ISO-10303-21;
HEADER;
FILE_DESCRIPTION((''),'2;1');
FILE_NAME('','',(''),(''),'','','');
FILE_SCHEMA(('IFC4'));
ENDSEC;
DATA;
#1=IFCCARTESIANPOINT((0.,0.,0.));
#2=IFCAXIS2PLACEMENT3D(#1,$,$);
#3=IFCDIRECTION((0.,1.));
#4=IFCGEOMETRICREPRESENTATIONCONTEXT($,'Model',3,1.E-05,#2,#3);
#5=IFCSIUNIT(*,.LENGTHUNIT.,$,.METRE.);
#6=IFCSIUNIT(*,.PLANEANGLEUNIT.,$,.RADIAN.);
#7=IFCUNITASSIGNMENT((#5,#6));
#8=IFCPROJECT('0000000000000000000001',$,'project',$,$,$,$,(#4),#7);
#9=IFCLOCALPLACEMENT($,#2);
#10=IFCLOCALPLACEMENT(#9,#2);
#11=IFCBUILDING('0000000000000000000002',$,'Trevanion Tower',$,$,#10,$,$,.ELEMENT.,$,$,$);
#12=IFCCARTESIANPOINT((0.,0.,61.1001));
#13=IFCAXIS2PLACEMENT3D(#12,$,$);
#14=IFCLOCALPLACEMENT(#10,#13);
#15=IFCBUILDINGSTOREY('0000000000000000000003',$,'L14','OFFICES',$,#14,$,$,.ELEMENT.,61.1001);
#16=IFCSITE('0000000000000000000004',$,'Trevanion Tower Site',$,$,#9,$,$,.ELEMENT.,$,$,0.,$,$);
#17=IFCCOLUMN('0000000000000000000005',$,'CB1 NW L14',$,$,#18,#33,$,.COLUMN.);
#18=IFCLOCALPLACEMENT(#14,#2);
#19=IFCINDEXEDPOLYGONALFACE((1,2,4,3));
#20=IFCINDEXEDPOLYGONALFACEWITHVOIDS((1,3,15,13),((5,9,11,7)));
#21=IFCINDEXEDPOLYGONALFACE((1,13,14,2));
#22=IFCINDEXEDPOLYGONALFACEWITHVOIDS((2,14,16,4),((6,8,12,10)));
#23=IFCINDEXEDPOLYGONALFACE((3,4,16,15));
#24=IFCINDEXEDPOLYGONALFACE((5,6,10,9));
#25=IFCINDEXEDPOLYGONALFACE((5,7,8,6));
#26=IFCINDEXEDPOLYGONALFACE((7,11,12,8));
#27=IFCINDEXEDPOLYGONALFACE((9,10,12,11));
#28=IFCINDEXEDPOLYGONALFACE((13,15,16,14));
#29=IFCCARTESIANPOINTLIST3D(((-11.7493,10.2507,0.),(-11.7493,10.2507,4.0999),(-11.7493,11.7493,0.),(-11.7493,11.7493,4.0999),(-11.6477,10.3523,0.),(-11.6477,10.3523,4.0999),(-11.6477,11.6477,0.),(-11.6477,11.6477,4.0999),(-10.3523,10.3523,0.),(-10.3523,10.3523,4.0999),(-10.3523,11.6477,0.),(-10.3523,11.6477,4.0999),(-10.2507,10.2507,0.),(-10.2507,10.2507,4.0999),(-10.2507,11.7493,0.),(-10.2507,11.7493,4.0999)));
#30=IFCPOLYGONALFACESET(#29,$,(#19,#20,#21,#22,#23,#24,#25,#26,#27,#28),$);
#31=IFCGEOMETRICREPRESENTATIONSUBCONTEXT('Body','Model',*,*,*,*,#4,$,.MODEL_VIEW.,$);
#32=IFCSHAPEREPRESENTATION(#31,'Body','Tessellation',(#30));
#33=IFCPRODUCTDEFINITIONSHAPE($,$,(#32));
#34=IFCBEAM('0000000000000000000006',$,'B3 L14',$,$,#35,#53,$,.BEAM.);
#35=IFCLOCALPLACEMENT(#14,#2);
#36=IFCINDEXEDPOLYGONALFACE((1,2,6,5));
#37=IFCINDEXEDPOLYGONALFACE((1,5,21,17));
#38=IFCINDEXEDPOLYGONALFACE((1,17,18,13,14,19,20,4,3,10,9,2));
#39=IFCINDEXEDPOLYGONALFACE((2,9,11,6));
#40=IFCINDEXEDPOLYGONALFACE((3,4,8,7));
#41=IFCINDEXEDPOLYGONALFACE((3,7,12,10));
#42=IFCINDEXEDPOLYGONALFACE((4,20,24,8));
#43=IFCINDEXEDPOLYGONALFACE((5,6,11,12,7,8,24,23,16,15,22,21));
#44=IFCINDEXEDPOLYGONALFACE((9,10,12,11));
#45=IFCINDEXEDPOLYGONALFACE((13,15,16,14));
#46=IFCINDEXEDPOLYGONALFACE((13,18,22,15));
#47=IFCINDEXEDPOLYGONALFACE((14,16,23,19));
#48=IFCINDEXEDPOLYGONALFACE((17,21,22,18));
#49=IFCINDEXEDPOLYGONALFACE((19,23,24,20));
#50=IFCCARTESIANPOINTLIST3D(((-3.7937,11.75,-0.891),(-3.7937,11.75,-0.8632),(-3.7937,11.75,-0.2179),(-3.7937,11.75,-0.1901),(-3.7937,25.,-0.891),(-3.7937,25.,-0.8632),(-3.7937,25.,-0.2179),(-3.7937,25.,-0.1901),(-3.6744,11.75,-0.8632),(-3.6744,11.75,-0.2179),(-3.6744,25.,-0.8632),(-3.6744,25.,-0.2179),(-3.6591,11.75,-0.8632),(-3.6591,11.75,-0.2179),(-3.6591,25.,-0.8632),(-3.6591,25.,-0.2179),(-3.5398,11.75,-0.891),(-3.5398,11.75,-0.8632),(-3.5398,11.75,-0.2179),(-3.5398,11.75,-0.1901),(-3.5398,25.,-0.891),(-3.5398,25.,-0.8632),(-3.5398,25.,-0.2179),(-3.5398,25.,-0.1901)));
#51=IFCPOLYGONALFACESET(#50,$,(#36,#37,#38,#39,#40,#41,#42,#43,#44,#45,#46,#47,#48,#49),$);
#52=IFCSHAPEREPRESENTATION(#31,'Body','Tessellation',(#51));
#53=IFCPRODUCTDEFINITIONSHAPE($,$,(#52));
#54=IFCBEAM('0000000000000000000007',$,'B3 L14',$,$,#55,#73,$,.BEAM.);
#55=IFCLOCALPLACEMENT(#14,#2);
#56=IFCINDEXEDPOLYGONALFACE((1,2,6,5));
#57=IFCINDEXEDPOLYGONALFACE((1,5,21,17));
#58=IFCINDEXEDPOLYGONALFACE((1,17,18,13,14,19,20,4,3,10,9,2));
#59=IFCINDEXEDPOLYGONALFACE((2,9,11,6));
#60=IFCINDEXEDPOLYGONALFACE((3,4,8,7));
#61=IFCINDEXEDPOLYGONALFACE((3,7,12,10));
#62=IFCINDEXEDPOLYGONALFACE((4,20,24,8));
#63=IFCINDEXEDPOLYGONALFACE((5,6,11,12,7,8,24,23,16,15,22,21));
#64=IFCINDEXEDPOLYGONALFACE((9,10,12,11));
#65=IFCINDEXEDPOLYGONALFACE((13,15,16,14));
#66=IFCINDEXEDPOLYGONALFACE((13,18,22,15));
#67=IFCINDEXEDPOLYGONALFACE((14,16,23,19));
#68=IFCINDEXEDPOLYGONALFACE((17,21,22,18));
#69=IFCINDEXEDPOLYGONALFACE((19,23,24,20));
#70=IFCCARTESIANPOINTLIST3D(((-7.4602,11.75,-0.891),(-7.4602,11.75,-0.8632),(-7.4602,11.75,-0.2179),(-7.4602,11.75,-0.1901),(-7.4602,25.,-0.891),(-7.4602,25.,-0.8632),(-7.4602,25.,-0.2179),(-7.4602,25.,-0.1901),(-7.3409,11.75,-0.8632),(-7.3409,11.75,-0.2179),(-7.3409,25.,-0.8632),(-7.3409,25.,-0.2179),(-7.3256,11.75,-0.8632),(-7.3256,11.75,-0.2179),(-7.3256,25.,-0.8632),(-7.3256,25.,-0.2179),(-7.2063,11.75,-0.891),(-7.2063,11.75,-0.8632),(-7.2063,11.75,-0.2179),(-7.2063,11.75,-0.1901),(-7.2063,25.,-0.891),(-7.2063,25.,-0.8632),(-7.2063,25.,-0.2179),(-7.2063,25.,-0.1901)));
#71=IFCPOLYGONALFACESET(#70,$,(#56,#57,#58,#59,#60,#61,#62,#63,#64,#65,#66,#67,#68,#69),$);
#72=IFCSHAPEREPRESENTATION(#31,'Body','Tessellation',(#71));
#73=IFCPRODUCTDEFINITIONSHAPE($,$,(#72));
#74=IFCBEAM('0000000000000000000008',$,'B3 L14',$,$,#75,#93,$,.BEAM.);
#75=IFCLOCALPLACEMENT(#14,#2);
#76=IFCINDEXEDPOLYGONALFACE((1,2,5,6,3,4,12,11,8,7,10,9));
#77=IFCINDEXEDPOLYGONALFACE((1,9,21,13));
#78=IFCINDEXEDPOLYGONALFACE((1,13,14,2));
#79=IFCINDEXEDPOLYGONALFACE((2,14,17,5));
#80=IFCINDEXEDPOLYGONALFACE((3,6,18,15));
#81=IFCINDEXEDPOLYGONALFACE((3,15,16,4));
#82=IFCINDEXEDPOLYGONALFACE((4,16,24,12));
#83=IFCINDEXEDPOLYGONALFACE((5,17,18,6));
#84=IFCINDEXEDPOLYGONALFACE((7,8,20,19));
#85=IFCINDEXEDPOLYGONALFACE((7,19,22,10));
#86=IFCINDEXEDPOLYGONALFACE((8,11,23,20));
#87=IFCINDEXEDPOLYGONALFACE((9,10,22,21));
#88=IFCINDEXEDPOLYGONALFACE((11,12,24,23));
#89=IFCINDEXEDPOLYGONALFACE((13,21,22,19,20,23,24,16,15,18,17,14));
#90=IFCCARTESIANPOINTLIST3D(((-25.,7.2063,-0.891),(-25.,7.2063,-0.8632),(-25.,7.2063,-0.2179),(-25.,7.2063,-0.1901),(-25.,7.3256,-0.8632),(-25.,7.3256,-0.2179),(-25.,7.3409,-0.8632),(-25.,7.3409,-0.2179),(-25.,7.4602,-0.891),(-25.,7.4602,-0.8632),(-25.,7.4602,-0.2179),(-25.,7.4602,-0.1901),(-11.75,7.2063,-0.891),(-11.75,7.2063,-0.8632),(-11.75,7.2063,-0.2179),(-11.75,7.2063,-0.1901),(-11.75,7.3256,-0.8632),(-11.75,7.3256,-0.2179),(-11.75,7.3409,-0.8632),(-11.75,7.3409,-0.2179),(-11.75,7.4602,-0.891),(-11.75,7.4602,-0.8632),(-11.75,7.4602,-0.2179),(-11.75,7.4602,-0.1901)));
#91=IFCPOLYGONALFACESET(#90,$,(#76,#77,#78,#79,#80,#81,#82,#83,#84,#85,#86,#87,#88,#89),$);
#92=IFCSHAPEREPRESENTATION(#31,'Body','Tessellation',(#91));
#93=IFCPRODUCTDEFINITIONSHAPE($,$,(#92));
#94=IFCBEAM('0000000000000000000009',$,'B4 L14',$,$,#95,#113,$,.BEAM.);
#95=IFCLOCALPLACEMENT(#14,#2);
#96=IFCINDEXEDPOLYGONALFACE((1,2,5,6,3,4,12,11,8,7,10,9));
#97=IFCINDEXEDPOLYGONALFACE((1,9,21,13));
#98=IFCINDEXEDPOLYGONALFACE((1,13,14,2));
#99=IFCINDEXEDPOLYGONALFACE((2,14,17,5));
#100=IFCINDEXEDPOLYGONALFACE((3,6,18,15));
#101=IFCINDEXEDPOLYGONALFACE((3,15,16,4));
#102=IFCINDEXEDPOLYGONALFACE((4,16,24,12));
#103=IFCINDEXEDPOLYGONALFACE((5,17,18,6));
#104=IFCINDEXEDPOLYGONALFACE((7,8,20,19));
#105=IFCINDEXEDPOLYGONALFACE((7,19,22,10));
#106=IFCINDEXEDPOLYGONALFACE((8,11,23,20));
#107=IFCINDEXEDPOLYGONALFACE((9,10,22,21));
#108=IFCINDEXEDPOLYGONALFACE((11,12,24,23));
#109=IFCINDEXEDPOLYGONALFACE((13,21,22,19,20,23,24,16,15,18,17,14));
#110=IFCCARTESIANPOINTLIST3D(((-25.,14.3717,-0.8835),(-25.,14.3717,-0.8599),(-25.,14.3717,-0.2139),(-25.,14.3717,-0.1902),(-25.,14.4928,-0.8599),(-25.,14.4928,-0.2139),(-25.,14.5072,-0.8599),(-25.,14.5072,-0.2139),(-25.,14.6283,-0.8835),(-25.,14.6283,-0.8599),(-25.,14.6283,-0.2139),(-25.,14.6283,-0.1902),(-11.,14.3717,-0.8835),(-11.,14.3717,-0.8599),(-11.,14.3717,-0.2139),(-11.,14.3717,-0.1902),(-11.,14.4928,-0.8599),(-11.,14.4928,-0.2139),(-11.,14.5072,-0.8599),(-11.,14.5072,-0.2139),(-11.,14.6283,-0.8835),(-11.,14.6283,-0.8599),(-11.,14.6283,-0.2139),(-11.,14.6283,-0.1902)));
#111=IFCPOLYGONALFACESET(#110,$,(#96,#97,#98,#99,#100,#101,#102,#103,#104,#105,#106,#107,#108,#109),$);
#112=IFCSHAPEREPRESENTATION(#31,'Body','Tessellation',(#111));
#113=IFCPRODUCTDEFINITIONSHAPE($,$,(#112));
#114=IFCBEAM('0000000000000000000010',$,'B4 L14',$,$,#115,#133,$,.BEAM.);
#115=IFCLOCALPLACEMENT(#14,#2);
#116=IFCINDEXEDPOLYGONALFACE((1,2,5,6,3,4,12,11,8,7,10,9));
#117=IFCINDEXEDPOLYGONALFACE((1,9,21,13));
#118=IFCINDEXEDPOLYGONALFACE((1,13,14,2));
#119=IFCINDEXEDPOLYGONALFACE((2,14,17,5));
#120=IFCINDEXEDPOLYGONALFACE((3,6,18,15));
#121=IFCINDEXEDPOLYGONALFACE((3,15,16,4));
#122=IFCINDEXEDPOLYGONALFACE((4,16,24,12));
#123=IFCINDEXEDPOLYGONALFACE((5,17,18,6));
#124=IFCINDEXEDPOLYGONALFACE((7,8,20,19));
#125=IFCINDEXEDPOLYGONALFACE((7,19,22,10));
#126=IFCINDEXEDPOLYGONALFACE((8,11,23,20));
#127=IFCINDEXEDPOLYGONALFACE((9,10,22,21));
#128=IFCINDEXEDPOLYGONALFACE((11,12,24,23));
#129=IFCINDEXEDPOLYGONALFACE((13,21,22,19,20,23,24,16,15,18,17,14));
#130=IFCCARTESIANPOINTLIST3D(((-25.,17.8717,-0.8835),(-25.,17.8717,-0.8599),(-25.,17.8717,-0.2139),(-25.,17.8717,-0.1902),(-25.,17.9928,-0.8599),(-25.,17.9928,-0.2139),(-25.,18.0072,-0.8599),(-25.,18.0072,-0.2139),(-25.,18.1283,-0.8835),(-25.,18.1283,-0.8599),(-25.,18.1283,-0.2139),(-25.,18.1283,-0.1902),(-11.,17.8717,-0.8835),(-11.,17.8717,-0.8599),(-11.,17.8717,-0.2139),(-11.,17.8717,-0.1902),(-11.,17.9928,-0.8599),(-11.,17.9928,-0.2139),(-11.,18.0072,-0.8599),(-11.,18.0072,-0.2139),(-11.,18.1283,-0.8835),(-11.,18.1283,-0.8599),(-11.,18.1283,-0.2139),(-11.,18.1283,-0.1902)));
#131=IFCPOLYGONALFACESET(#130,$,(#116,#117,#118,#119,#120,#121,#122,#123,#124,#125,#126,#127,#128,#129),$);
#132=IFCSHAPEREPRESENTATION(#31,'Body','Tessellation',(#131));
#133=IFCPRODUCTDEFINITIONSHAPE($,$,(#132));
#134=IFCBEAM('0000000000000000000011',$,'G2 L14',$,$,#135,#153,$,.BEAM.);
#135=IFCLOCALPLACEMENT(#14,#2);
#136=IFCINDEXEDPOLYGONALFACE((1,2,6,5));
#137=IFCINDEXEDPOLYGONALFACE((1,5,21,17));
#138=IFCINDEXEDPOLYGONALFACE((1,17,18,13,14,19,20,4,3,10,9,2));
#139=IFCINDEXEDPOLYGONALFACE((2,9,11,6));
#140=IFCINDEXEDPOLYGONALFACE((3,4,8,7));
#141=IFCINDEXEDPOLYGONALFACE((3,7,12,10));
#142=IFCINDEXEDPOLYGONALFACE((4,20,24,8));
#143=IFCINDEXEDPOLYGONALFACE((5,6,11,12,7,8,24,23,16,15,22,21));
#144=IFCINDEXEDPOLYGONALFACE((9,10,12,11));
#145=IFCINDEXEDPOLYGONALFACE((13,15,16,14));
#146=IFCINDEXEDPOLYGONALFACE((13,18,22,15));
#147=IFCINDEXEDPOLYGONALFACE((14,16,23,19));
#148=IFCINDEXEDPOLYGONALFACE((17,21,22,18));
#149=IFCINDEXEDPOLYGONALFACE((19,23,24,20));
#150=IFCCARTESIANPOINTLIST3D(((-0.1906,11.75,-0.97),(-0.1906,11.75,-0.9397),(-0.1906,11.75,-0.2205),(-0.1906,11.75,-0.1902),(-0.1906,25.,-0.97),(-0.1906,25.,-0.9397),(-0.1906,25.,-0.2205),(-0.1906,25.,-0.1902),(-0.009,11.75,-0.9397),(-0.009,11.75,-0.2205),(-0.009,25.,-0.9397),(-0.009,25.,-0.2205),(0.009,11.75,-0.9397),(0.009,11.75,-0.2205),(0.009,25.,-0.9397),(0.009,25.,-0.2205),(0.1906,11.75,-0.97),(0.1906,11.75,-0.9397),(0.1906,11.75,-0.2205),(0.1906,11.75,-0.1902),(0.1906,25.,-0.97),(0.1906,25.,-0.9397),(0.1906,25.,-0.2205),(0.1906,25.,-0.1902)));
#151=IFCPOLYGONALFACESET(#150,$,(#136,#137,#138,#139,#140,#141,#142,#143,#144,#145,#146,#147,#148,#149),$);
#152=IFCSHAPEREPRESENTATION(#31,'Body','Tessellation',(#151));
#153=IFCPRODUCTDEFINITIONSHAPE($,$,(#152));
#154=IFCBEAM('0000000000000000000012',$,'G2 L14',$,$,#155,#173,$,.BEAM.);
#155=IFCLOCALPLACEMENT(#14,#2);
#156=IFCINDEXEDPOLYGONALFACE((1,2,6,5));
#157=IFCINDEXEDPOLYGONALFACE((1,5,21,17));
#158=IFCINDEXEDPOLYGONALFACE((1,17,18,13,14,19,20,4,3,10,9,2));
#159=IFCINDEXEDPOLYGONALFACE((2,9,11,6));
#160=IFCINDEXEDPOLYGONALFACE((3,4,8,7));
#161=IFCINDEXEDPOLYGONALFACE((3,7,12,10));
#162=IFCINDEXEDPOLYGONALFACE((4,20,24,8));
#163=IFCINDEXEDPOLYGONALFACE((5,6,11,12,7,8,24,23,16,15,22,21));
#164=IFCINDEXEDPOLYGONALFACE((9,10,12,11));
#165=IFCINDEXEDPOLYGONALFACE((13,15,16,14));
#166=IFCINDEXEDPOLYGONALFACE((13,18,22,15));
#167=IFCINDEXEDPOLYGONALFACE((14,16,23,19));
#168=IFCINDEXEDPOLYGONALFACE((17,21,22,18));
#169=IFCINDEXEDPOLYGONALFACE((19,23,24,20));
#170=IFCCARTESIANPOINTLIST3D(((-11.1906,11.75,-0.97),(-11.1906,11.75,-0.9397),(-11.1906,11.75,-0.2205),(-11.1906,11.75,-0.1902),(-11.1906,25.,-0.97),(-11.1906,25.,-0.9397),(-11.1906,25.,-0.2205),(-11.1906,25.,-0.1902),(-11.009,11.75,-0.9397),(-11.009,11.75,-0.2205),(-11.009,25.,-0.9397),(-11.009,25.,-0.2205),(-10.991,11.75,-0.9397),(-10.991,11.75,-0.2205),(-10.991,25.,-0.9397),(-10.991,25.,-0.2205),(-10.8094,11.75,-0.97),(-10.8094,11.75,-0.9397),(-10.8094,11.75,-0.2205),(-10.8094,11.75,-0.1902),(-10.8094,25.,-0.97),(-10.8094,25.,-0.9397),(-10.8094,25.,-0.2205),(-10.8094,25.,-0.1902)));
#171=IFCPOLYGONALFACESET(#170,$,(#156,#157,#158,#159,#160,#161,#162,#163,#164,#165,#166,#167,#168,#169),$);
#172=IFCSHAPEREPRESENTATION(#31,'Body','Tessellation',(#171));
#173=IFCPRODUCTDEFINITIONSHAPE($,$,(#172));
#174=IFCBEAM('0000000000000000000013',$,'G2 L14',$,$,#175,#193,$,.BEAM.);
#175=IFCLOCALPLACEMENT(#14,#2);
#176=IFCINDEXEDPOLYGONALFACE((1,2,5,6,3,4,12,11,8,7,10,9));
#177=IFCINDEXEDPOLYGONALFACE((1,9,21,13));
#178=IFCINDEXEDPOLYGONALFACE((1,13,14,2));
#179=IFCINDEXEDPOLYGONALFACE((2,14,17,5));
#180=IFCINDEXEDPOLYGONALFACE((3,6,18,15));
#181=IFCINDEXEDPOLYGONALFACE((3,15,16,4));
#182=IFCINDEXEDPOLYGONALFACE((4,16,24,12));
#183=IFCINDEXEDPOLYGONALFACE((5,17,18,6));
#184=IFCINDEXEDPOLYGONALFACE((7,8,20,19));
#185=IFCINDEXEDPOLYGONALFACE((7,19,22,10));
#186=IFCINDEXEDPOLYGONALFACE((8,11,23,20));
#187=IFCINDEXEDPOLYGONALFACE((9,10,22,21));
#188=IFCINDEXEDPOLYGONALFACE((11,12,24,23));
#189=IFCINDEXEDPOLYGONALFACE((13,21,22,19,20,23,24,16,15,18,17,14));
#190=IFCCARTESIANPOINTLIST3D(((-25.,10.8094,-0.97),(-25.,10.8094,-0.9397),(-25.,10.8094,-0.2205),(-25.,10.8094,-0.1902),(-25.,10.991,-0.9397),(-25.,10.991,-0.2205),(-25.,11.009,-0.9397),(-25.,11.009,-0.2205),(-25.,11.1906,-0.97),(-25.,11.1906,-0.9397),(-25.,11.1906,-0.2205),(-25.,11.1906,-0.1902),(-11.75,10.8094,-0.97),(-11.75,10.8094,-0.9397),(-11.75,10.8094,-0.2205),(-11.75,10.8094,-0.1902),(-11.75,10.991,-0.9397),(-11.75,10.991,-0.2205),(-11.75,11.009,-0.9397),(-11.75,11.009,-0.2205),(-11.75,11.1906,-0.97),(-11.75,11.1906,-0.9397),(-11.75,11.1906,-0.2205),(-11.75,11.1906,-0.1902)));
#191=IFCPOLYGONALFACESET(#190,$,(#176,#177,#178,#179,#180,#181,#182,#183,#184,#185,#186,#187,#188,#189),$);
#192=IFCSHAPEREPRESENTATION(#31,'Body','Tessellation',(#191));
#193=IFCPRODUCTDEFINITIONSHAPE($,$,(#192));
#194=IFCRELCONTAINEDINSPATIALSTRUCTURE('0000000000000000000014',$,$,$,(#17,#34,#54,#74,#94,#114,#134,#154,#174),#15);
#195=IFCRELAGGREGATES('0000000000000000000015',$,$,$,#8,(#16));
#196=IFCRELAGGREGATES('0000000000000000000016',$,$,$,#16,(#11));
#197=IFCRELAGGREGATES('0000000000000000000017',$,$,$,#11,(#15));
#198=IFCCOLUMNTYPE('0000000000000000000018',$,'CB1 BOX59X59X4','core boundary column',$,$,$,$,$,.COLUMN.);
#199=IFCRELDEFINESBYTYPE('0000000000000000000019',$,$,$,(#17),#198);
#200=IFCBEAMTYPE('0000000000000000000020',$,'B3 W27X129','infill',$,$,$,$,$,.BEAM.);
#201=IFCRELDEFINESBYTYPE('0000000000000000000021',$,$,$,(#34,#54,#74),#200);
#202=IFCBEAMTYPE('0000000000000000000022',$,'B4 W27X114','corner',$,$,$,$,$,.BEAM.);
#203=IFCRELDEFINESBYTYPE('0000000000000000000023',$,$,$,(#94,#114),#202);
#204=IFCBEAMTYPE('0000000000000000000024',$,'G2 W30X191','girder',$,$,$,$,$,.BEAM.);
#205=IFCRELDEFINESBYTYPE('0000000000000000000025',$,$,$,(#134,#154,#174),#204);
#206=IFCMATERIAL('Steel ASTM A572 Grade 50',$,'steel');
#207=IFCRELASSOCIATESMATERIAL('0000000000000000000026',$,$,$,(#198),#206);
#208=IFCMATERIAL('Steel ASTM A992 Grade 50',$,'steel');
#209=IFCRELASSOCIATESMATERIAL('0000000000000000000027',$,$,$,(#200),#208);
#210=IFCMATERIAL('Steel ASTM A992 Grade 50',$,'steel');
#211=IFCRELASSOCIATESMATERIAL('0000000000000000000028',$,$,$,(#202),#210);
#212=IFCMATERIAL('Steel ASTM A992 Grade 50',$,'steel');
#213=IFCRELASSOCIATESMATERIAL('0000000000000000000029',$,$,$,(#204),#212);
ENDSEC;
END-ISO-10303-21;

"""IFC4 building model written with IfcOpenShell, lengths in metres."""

from ifc_helpers import new_model, si_unit, direction, frame, origin, origin_2d, place, context, subcontext, project, spatial, hollow_rectangle, i_section, extrude, material, material_profile, profile_set, type_object, element, save


model = new_model("IFC4")

# Units and contexts
model_context = context("Model", 3, precision=1e-05, world=origin(), true_north=direction((0.0, 1.0)))
body_context = subcontext(model_context, "Body", "Model", "MODEL_VIEW")
ifc_project = project(units=[si_unit("LENGTHUNIT", "METRE"), si_unit("PLANEANGLEUNIT", "RADIAN")], contexts=[model_context])

# Site, building, storey
site_placement = place(None, origin())
site = spatial("IfcSite", under=ifc_project, at=site_placement, Name="Trevanion Tower Site", CompositionType="ELEMENT", RefElevation=0.0)
building_placement = place(site_placement, origin())
building = spatial("IfcBuilding", under=site, at=building_placement, Name="Trevanion Tower", CompositionType="ELEMENT")
storey_placement = place(building_placement, frame((0.0, 0.0, 61.1001)))
storey = spatial("IfcBuildingStorey", under=building, at=storey_placement, Name="L14", Description="OFFICES", CompositionType="ELEMENT", Elevation=61.1001)

# Column
ifc_material_1 = material(Name="Steel ASTM A572 Grade 50", Category="steel")
ifc_material_profile_1 = material_profile(ifc_material_1, hollow_rectangle(XDim=1.4985, YDim=1.4985, WallThickness=0.1016, at=origin_2d()), Name="BOX59X59X4")
ifc_profile_set_1 = profile_set([ifc_material_profile_1], Name="Steel ASTM A572 Grade 50")
column_type = type_object("IfcColumnType", Name="CB1 BOX59X59X4", Description="core boundary column", PredefinedType="COLUMN", material=ifc_profile_set_1)
column_placement = place(storey_placement, frame((-11.0, 11.0, 0.0), z_axis=(0.0, 0.0, 1.0), x_axis=(1.0, 0.0, 0.0)))
element("IfcColumn", 1, at=column_placement, inside=storey, type_object=column_type, Name="CB1 NW L14", PredefinedType="COLUMN", context=body_context, shape_type="SweptSolid", body=[
    extrude(hollow_rectangle(XDim=1.4985, YDim=1.4985, WallThickness=0.1016, at=origin_2d()), origin(), (0.0, 0.0, 1.0), 4.0999),
])

# Beams
ifc_material_2 = material(Name="Steel ASTM A992 Grade 50", Category="steel")
ifc_material_profile_2 = material_profile(ifc_material_2, i_section(OverallWidth=0.2539, OverallDepth=0.7009, WebThickness=0.0154, FlangeThickness=0.0278, at=origin_2d()), Name="W27X129")
ifc_profile_set_2 = profile_set([ifc_material_profile_2], Name="Steel ASTM A992 Grade 50")
beam_type_1 = type_object("IfcBeamType", Name="B3 W27X129", Description="infill", PredefinedType="BEAM", material=ifc_profile_set_2)
for number, where, z_axis, x_axis, name in (
    (2, (-3.6667, 11.75, -0.5405), (0.0, 1.0, 0.0), (-1.0, 0.0, 0.0), "B3 L14"),
    (3, (-7.3333, 11.75, -0.5405), (0.0, 1.0, 0.0), (-1.0, 0.0, 0.0), "B3 L14"),
    (4, (-11.75, 7.3333, -0.5405), (-1.0, 0.0, 0.0), (0.0, -1.0, 0.0), "B3 L14"),
):
    element("IfcBeam", number, at=place(storey_placement, frame(where, z_axis=z_axis, x_axis=x_axis)), inside=storey, type_object=beam_type_1, Name=name, PredefinedType="BEAM", context=body_context, shape_type="SweptSolid", body=[
        extrude(i_section(OverallWidth=0.2539, OverallDepth=0.7009, WebThickness=0.0154, FlangeThickness=0.0278, at=origin_2d()), origin(), (0.0, 0.0, 1.0), 13.25),
    ])
ifc_material_3 = material(Name="Steel ASTM A992 Grade 50", Category="steel")
ifc_material_profile_3 = material_profile(ifc_material_3, i_section(OverallWidth=0.2566, OverallDepth=0.6934, WebThickness=0.0144, FlangeThickness=0.0237, at=origin_2d()), Name="W27X114")
ifc_profile_set_3 = profile_set([ifc_material_profile_3], Name="Steel ASTM A992 Grade 50")
beam_type_2 = type_object("IfcBeamType", Name="B4 W27X114", Description="corner", PredefinedType="BEAM", material=ifc_profile_set_3)
for number, where, z_axis, x_axis, name in (
    (5, (-11.0, 14.5, -0.5369), (-1.0, 0.0, 0.0), (0.0, -1.0, 0.0), "B4 L14"),
    (6, (-11.0, 18.0, -0.5369), (-1.0, 0.0, 0.0), (0.0, -1.0, 0.0), "B4 L14"),
):
    element("IfcBeam", number, at=place(storey_placement, frame(where, z_axis=z_axis, x_axis=x_axis)), inside=storey, type_object=beam_type_2, Name=name, PredefinedType="BEAM", context=body_context, shape_type="SweptSolid", body=[
        extrude(i_section(OverallWidth=0.2566, OverallDepth=0.6934, WebThickness=0.0144, FlangeThickness=0.0237, at=origin_2d()), origin(), (0.0, 0.0, 1.0), 14.0),
    ])
ifc_material_4 = material(Name="Steel ASTM A992 Grade 50", Category="steel")
ifc_material_profile_4 = material_profile(ifc_material_4, i_section(OverallWidth=0.3811, OverallDepth=0.7798, WebThickness=0.0181, FlangeThickness=0.0303, at=origin_2d()), Name="W30X191")
ifc_profile_set_4 = profile_set([ifc_material_profile_4], Name="Steel ASTM A992 Grade 50")
beam_type_3 = type_object("IfcBeamType", Name="G2 W30X191", Description="girder", PredefinedType="BEAM", material=ifc_profile_set_4)
for number, where, z_axis, x_axis, name in (
    (7, (0.0, 11.75, -0.5801), (0.0, 1.0, 0.0), (-1.0, 0.0, 0.0), "G2 L14"),
    (8, (-11.0, 11.75, -0.5801), (0.0, 1.0, 0.0), (-1.0, 0.0, 0.0), "G2 L14"),
    (9, (-11.75, 11.0, -0.5801), (-1.0, 0.0, 0.0), (0.0, -1.0, 0.0), "G2 L14"),
):
    element("IfcBeam", number, at=place(storey_placement, frame(where, z_axis=z_axis, x_axis=x_axis)), inside=storey, type_object=beam_type_3, Name=name, PredefinedType="BEAM", context=body_context, shape_type="SweptSolid", body=[
        extrude(i_section(OverallWidth=0.3811, OverallDepth=0.7798, WebThickness=0.0181, FlangeThickness=0.0303, at=origin_2d()), origin(), (0.0, 0.0, 1.0), 13.25),
    ])

save(model, "model.ifc")
